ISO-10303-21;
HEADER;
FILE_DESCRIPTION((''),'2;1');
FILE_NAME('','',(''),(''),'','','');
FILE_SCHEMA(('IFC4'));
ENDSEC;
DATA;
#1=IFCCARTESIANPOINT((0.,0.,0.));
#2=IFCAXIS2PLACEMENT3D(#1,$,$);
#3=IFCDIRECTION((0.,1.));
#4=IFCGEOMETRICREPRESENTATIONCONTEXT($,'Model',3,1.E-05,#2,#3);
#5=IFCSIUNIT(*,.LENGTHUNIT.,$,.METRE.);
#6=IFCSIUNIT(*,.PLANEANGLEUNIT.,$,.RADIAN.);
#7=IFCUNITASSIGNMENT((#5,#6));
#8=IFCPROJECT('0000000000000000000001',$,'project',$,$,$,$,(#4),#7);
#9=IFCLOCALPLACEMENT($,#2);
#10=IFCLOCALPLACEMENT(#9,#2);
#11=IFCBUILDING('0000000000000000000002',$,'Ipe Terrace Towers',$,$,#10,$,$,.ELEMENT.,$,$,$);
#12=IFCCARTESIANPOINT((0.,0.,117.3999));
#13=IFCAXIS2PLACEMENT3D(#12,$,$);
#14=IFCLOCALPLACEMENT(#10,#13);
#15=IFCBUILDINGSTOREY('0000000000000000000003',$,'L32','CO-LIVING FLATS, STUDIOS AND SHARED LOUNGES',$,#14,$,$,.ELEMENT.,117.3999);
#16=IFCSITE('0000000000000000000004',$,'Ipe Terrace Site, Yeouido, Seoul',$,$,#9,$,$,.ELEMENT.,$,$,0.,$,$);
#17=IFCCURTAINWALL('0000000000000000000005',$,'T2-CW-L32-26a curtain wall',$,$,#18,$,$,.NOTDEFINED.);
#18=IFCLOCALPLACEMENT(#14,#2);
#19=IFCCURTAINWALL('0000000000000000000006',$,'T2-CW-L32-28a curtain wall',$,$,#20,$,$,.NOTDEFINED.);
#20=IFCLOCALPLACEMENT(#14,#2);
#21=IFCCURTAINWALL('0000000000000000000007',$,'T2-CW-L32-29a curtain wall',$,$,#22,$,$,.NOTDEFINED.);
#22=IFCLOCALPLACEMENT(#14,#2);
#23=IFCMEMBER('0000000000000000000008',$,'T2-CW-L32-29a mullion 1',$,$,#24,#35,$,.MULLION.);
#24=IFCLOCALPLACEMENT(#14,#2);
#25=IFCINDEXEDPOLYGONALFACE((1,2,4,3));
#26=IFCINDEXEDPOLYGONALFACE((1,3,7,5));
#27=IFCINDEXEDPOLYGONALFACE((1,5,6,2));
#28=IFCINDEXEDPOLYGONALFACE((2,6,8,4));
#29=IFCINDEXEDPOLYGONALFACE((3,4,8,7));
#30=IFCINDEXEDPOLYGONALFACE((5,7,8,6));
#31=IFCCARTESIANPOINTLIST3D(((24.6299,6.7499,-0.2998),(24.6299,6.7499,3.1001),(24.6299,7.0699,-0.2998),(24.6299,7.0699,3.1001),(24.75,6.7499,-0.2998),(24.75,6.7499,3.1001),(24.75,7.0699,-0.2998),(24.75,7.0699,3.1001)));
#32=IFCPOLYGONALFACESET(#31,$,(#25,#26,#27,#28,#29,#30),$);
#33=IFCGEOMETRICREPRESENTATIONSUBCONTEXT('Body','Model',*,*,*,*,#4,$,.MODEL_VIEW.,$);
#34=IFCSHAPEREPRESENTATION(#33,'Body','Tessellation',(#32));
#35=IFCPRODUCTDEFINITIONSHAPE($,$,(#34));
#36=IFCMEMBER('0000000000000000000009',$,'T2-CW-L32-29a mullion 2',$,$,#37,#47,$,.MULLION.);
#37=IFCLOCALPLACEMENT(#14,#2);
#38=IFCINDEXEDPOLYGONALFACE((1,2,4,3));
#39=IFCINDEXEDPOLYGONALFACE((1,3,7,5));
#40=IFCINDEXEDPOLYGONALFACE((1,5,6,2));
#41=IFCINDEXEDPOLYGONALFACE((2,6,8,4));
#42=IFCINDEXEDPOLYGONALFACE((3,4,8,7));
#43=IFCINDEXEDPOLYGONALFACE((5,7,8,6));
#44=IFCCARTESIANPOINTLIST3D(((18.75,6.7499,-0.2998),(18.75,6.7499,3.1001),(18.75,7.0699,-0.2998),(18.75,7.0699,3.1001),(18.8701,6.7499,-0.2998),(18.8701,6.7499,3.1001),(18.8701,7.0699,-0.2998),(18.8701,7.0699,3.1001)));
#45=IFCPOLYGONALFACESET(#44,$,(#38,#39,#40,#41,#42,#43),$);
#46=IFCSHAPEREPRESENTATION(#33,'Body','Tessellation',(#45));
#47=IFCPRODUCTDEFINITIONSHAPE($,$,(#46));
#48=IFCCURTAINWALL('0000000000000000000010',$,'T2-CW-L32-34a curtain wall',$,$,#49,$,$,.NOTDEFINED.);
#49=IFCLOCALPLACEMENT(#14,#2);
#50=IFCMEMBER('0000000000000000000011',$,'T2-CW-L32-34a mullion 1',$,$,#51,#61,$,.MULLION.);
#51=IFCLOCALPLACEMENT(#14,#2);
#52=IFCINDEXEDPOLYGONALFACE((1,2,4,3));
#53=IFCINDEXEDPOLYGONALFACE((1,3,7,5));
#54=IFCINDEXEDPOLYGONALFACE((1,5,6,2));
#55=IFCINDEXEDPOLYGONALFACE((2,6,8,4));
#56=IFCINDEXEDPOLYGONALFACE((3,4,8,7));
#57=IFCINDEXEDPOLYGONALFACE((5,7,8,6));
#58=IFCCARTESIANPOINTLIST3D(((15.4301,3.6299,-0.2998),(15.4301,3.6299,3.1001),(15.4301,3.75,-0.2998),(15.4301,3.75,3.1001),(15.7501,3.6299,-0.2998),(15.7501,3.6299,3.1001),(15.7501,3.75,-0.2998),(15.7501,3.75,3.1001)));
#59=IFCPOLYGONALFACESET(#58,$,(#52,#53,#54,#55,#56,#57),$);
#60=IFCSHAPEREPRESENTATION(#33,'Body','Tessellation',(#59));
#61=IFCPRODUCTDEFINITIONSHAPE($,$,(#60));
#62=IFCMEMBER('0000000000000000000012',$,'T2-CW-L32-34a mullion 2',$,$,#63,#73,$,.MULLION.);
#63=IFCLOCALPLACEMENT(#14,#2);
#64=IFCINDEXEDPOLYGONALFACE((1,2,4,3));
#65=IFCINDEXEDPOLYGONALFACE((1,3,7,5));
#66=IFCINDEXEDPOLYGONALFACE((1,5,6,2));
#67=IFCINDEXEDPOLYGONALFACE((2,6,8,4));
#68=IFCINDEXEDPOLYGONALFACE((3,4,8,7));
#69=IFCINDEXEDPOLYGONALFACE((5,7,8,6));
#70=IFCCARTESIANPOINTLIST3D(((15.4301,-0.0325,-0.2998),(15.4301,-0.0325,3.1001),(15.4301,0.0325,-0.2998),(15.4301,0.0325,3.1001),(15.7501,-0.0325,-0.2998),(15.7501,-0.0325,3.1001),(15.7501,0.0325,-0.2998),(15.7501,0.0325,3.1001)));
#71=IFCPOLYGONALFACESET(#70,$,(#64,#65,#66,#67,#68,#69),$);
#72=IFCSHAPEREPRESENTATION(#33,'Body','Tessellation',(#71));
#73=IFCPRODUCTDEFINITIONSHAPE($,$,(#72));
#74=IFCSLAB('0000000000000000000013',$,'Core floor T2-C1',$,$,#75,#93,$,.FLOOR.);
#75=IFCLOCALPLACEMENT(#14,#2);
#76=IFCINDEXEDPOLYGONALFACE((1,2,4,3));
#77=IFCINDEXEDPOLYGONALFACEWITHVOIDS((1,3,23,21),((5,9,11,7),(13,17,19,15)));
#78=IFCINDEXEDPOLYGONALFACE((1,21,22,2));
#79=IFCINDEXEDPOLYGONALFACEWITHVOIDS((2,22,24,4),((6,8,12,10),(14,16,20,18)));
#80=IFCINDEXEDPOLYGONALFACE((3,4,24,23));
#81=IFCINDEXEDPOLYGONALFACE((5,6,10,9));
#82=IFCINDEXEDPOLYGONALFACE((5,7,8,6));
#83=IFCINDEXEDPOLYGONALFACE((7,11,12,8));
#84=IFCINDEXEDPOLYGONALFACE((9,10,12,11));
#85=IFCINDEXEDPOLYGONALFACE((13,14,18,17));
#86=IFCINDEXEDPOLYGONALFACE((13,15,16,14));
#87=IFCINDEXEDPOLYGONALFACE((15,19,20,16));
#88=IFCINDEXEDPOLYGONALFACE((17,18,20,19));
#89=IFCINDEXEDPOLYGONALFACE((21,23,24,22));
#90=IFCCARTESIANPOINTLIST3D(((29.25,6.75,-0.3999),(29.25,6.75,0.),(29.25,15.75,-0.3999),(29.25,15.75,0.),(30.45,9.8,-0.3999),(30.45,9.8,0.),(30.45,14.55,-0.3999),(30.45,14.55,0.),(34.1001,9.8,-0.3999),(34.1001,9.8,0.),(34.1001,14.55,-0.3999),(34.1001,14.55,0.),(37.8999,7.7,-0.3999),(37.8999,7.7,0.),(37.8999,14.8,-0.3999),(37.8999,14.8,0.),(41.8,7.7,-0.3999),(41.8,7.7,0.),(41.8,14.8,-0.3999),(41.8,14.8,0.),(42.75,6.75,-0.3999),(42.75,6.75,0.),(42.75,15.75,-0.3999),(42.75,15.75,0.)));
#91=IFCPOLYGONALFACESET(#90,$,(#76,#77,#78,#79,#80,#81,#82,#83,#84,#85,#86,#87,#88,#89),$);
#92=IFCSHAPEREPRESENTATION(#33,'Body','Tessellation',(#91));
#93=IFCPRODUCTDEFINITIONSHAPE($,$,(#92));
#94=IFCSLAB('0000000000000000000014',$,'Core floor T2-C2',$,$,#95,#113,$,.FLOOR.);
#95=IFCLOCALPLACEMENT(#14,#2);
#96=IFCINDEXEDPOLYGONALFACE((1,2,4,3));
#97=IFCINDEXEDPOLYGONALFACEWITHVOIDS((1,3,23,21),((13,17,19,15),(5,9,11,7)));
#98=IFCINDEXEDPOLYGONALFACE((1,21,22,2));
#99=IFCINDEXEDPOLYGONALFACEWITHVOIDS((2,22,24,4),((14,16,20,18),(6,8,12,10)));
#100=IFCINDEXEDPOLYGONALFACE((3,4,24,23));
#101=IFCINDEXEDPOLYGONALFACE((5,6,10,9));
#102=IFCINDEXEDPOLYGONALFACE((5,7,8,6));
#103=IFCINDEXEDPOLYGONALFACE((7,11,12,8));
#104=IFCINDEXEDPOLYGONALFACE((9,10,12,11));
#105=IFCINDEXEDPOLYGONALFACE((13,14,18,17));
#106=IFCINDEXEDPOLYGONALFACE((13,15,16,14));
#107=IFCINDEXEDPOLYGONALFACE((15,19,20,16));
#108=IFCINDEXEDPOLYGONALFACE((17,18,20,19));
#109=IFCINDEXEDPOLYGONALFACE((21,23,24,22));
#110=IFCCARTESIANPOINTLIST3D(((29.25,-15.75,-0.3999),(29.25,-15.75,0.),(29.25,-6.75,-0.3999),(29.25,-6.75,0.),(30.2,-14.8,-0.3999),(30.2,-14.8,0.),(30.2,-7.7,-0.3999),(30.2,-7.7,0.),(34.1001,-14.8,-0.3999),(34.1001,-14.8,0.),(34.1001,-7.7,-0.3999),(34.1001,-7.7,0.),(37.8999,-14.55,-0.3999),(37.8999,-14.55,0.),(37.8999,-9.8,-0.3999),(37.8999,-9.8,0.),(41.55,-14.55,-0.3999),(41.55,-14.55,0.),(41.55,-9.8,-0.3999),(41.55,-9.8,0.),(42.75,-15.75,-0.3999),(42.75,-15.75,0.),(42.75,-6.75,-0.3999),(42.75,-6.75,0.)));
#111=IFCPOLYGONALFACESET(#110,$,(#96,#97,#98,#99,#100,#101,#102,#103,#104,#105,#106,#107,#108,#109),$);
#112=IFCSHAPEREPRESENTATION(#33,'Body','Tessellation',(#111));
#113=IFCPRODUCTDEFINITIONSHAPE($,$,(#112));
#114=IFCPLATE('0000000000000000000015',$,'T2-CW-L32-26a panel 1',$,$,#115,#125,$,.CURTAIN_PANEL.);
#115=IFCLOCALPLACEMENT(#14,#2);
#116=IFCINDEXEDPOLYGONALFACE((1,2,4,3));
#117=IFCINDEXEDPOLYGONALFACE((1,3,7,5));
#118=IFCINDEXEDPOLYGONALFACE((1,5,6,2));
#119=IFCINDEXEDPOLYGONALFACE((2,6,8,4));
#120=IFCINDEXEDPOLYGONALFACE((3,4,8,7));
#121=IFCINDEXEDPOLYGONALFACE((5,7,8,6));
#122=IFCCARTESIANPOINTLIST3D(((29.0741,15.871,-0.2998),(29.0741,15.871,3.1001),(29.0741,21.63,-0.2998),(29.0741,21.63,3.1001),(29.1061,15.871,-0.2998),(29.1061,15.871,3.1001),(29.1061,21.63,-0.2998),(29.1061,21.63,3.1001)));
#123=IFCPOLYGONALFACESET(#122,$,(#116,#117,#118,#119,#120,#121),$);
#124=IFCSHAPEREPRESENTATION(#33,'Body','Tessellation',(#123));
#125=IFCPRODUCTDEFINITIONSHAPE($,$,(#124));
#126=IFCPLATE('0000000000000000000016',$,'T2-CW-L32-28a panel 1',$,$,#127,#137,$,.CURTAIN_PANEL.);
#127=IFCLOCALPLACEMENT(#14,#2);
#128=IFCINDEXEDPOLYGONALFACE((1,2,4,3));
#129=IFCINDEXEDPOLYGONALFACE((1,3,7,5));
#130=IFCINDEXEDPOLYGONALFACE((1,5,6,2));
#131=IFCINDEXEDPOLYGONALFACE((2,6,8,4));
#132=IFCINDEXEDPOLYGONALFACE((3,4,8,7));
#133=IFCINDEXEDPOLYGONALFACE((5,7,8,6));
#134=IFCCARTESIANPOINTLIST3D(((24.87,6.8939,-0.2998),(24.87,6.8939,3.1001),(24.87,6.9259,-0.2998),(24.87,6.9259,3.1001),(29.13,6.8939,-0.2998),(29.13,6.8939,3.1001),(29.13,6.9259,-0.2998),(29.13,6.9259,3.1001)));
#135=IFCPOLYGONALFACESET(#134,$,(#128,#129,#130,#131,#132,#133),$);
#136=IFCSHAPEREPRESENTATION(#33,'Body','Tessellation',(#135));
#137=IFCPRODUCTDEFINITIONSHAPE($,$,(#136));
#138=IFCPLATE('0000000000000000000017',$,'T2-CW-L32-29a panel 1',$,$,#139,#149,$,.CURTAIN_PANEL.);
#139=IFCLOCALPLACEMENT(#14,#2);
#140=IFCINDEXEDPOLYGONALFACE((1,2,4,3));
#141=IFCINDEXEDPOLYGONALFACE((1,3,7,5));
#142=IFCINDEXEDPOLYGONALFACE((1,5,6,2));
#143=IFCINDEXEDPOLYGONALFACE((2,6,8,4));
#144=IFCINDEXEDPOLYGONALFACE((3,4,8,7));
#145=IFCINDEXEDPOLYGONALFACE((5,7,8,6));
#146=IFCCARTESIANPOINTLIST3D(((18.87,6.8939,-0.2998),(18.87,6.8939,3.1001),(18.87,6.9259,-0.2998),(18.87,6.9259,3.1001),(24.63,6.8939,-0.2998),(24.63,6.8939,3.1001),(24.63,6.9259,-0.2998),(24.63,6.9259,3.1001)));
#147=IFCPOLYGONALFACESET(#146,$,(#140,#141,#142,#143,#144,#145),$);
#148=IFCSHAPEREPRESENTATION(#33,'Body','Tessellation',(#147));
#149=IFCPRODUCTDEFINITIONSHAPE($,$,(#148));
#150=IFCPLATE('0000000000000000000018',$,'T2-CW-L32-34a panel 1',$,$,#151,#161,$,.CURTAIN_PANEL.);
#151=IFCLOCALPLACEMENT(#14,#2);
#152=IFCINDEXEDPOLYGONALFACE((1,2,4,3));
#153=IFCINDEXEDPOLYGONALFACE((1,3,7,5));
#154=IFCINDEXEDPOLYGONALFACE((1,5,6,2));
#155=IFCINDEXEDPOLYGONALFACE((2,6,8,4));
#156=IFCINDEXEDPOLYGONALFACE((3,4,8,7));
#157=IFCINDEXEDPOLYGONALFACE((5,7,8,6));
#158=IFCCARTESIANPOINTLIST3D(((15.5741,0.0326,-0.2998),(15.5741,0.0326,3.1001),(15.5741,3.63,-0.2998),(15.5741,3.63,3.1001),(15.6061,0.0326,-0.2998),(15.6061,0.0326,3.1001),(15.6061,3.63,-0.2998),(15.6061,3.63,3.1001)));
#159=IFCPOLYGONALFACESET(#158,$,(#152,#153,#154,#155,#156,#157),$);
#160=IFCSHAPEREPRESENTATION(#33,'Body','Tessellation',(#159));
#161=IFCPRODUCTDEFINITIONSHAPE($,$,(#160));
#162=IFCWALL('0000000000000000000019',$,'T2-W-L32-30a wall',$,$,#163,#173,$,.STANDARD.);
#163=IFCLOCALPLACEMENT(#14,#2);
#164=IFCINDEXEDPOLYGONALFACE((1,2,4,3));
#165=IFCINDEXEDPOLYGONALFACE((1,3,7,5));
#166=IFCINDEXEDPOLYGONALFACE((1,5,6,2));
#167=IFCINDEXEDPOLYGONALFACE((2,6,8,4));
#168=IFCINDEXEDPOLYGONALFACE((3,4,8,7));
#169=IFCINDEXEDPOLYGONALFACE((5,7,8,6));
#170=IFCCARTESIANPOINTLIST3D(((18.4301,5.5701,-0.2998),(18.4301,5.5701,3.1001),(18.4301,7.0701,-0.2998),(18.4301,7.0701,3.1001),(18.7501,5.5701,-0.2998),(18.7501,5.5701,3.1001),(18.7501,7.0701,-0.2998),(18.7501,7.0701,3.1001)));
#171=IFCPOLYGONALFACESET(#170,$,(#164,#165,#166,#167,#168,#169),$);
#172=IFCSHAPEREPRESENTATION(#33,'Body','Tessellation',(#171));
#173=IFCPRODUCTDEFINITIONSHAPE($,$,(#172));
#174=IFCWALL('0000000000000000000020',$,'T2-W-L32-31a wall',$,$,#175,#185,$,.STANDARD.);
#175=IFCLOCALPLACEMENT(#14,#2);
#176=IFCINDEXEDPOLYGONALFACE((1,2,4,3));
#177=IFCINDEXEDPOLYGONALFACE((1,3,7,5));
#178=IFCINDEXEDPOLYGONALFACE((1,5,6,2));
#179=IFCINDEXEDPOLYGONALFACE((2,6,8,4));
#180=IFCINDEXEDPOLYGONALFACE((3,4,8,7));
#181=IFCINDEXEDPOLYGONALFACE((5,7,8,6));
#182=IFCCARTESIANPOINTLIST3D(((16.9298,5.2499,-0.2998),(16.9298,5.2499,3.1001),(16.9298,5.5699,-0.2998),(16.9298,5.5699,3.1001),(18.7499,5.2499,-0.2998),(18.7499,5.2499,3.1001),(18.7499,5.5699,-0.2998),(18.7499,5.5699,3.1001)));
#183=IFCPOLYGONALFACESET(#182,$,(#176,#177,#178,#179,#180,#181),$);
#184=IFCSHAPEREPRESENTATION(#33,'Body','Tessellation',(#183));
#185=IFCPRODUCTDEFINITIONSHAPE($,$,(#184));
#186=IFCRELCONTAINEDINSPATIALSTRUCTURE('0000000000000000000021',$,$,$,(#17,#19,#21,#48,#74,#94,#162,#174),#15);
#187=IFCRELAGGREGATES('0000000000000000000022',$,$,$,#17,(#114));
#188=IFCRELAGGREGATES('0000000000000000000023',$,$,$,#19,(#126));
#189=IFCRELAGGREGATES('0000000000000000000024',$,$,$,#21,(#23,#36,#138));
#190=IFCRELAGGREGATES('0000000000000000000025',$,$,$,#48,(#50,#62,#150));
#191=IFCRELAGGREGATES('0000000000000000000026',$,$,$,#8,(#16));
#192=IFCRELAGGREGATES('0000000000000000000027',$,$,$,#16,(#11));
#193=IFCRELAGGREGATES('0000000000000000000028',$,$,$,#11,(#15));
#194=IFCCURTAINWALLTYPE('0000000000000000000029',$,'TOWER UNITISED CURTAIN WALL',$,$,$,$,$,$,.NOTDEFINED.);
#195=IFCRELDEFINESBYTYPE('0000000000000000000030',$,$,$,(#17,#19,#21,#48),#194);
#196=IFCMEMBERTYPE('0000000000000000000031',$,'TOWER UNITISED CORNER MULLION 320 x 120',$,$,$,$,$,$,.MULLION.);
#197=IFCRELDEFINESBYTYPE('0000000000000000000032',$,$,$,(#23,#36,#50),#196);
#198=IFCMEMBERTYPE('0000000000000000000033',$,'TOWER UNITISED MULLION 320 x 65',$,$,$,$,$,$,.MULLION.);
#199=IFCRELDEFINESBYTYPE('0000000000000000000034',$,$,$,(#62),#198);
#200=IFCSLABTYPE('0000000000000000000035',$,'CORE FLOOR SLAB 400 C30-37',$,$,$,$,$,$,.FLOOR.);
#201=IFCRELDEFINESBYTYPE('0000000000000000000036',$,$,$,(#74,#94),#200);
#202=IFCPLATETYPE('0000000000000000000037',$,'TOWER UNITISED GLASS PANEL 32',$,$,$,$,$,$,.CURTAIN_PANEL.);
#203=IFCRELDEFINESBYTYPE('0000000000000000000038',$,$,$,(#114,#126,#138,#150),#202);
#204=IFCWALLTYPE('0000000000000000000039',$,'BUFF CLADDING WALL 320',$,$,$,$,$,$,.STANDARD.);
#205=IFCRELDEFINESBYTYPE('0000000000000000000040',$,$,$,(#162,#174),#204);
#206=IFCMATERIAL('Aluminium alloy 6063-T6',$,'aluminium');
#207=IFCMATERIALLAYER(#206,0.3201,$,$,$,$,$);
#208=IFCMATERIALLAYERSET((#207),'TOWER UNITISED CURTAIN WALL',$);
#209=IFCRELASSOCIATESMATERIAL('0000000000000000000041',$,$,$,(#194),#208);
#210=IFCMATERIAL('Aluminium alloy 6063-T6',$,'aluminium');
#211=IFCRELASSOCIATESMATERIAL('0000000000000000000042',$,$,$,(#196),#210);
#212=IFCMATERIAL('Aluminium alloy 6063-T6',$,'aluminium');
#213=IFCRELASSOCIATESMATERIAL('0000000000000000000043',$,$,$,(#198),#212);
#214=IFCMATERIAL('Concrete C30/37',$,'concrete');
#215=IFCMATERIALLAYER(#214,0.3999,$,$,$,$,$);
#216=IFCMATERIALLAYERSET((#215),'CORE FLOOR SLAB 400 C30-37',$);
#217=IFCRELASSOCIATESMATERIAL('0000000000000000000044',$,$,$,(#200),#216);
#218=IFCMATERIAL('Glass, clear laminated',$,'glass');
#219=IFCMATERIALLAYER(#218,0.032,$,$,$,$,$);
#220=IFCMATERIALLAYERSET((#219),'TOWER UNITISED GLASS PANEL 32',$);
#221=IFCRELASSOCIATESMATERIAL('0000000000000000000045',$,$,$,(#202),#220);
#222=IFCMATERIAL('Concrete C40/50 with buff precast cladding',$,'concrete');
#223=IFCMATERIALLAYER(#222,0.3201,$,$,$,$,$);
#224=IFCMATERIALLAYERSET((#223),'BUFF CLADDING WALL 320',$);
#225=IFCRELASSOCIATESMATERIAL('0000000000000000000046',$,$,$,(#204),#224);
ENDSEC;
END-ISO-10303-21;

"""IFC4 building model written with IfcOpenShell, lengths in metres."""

from ifc_helpers import new_model, si_unit, direction, frame, frame_2d, origin, origin_2d, place, context, subcontext, project, spatial, polyline, rectangle, outline, extrude, material, layer, layer_set, material_profile, profile_set, type_object, element, aggregate, save


model = new_model("IFC4")

# Units and contexts
model_context = context("Model", 3, precision=1e-05, world=origin(), true_north=direction((0.0, 1.0)))
body_context = subcontext(model_context, "Body", "Model", "MODEL_VIEW")
ifc_project = project(units=[si_unit("LENGTHUNIT", "METRE"), si_unit("PLANEANGLEUNIT", "RADIAN")], contexts=[model_context])

# Site, building, storey
site_placement = place(None, origin())
site = spatial("IfcSite", under=ifc_project, at=site_placement, Name="Ipe Terrace Site, Yeouido, Seoul", CompositionType="ELEMENT", RefElevation=0.0)
building_placement = place(site_placement, origin())
building = spatial("IfcBuilding", under=site, at=building_placement, Name="Ipe Terrace Towers", CompositionType="ELEMENT")
storey_placement = place(building_placement, frame((0.0, 0.0, 117.3999)))
storey = spatial("IfcBuildingStorey", under=building, at=storey_placement, Name="L32", Description="CO-LIVING FLATS, STUDIOS AND SHARED LOUNGES", CompositionType="ELEMENT", Elevation=117.3999)

# Curtain walls, members
ifc_material_1 = material(Name="Aluminium alloy 6063-T6", Category="aluminium")
ifc_layer_1 = layer(ifc_material_1, 0.3201)
ifc_layer_set_1 = layer_set([ifc_layer_1], Name="TOWER UNITISED CURTAIN WALL")
curtain_wall_type = type_object("IfcCurtainWallType", Name="TOWER UNITISED CURTAIN WALL", PredefinedType="NOTDEFINED", material=ifc_layer_set_1)
curtain_wall_1_placement = place(storey_placement, origin())
curtain_wall_1 = element("IfcCurtainWall", 1, at=curtain_wall_1_placement, inside=storey, type_object=curtain_wall_type, Name="T2-CW-L32-26a curtain wall", PredefinedType="NOTDEFINED")
ifc_material_2 = material(Name="Aluminium alloy 6063-T6", Category="aluminium")
ifc_material_profile_1 = material_profile(ifc_material_2, rectangle(XDim=0.3201, YDim=0.1201, at=origin_2d()), Name="TOWER UNITISED CORNER MULLION 320 x 120")
ifc_profile_set_1 = profile_set([ifc_material_profile_1], Name="Aluminium alloy 6063-T6")
member_type_1 = type_object("IfcMemberType", Name="TOWER UNITISED CORNER MULLION 320 x 120", PredefinedType="MULLION", material=ifc_profile_set_1)
curtain_wall_2_placement = place(storey_placement, origin())
curtain_wall_2 = element("IfcCurtainWall", 2, at=curtain_wall_2_placement, inside=storey, type_object=curtain_wall_type, Name="T2-CW-L32-28a curtain wall", PredefinedType="NOTDEFINED")
curtain_wall_3_placement = place(storey_placement, origin())
curtain_wall_3 = element("IfcCurtainWall", 3, at=curtain_wall_3_placement, inside=storey, type_object=curtain_wall_type, Name="T2-CW-L32-29a curtain wall", PredefinedType="NOTDEFINED")
member_1_placement = place(storey_placement, frame((24.6899, 6.9099, -0.2998), z_axis=(0.0, 0.0, 1.0), x_axis=(0.0, 1.0, 0.0)))
member_1 = element("IfcMember", 4, at=member_1_placement, type_object=member_type_1, Name="T2-CW-L32-29a mullion 1", PredefinedType="MULLION", context=body_context, shape_type="SweptSolid", body=[
    extrude(rectangle(XDim=0.3201, YDim=0.1201, at=origin_2d()), origin(), (0.0, 0.0, 1.0), 3.3999),
])
member_2_placement = place(storey_placement, frame((18.8101, 6.9099, -0.2998), z_axis=(0.0, 0.0, 1.0), x_axis=(0.0, 1.0, 0.0)))
member_2 = element("IfcMember", 5, at=member_2_placement, type_object=member_type_1, Name="T2-CW-L32-29a mullion 2", PredefinedType="MULLION", context=body_context, shape_type="SweptSolid", body=[
    extrude(rectangle(XDim=0.3201, YDim=0.1201, at=origin_2d()), origin(), (0.0, 0.0, 1.0), 3.3999),
])
curtain_wall_4_placement = place(storey_placement, origin())
curtain_wall_4 = element("IfcCurtainWall", 6, at=curtain_wall_4_placement, inside=storey, type_object=curtain_wall_type, Name="T2-CW-L32-34a curtain wall", PredefinedType="NOTDEFINED")
member_3_placement = place(storey_placement, frame((15.5901, 3.6899, -0.2998), z_axis=(0.0, 0.0, 1.0), x_axis=(-1.0, 0.0, 0.0)))
member_3 = element("IfcMember", 7, at=member_3_placement, type_object=member_type_1, Name="T2-CW-L32-34a mullion 1", PredefinedType="MULLION", context=body_context, shape_type="SweptSolid", body=[
    extrude(rectangle(XDim=0.3201, YDim=0.1201, at=origin_2d()), origin(), (0.0, 0.0, 1.0), 3.3999),
])
ifc_material_3 = material(Name="Aluminium alloy 6063-T6", Category="aluminium")
ifc_material_profile_2 = material_profile(ifc_material_3, rectangle(XDim=0.3201, YDim=0.0649, at=origin_2d()), Name="TOWER UNITISED MULLION 320 x 65")
ifc_profile_set_2 = profile_set([ifc_material_profile_2], Name="Aluminium alloy 6063-T6")
member_type_2 = type_object("IfcMemberType", Name="TOWER UNITISED MULLION 320 x 65", PredefinedType="MULLION", material=ifc_profile_set_2)
member_4_placement = place(storey_placement, frame((15.5901, 0.0, -0.2998), z_axis=(0.0, 0.0, 1.0), x_axis=(-1.0, 0.0, 0.0)))
member_4 = element("IfcMember", 8, at=member_4_placement, type_object=member_type_2, Name="T2-CW-L32-34a mullion 2", PredefinedType="MULLION", context=body_context, shape_type="SweptSolid", body=[
    extrude(rectangle(XDim=0.3201, YDim=0.0649, at=origin_2d()), origin(), (0.0, 0.0, 1.0), 3.3999),
])

# Slabs
ifc_material_4 = material(Name="Concrete C30/37", Category="concrete")
ifc_layer_2 = layer(ifc_material_4, 0.3999)
ifc_layer_set_2 = layer_set([ifc_layer_2], Name="CORE FLOOR SLAB 400 C30-37")
slab_type = type_object("IfcSlabType", Name="CORE FLOOR SLAB 400 C30-37", PredefinedType="FLOOR", material=ifc_layer_set_2)
slab_1_placement = place(storey_placement, frame((0.0, 0.0, -0.3999)))
element("IfcSlab", 9, at=slab_1_placement, inside=storey, type_object=slab_type, Name="Core floor T2-C1", PredefinedType="FLOOR", context=body_context, shape_type="SweptSolid", body=[
    extrude(outline(polyline([(29.25, 6.75), (29.25, 15.75), (42.75, 15.75), (42.75, 6.75), (29.25, 6.75)]), holes=[polyline([(41.8, 7.7), (41.8, 14.8), (37.8999, 14.8), (37.8999, 7.7), (41.8, 7.7)]), polyline([(30.45, 9.8), (34.1001, 9.8), (34.1001, 14.55), (30.45, 14.55), (30.45, 9.8)])]), origin(), (0.0, 0.0, 1.0), 0.3999),
])
slab_2_placement = place(storey_placement, frame((0.0, 0.0, -0.3999)))
element("IfcSlab", 10, at=slab_2_placement, inside=storey, type_object=slab_type, Name="Core floor T2-C2", PredefinedType="FLOOR", context=body_context, shape_type="SweptSolid", body=[
    extrude(outline(polyline([(29.25, -15.75), (29.25, -6.75), (42.75, -6.75), (42.75, -15.75), (29.25, -15.75)]), holes=[polyline([(34.1001, -14.8), (34.1001, -7.7), (30.2, -7.7), (30.2, -14.8), (34.1001, -14.8)]), polyline([(41.55, -9.8), (37.8999, -9.8), (37.8999, -14.55), (41.55, -14.55), (41.55, -9.8)])]), origin(), (0.0, 0.0, 1.0), 0.3999),
])

# Plates
ifc_material_5 = material(Name="Glass, clear laminated", Category="glass")
ifc_layer_3 = layer(ifc_material_5, 0.032)
ifc_layer_set_3 = layer_set([ifc_layer_3], Name="TOWER UNITISED GLASS PANEL 32")
plate_type = type_object("IfcPlateType", Name="TOWER UNITISED GLASS PANEL 32", PredefinedType="CURTAIN_PANEL", material=ifc_layer_set_3)
plate_1_placement = place(storey_placement, frame((29.0901, 18.7505, -0.2998), z_axis=(0.0, 0.0, 1.0), x_axis=(0.0, -1.0, 0.0)))
plate_1 = element("IfcPlate", 11, at=plate_1_placement, type_object=plate_type, Name="T2-CW-L32-26a panel 1", PredefinedType="CURTAIN_PANEL", context=body_context, shape_type="SweptSolid", body=[
    extrude(rectangle(XDim=5.759, YDim=0.032, at=origin_2d()), origin(), (0.0, 0.0, 1.0), 3.3999),
])
aggregate(curtain_wall_1, [plate_1])
plate_2_placement = place(storey_placement, frame((27.0, 6.9099, -0.2998), z_axis=(0.0, 0.0, 1.0), x_axis=(-1.0, 0.0, 0.0)))
plate_2 = element("IfcPlate", 12, at=plate_2_placement, type_object=plate_type, Name="T2-CW-L32-28a panel 1", PredefinedType="CURTAIN_PANEL", context=body_context, shape_type="SweptSolid", body=[
    extrude(rectangle(XDim=4.26, YDim=0.032, at=origin_2d()), origin(), (0.0, 0.0, 1.0), 3.3999),
])
aggregate(curtain_wall_2, [plate_2])
plate_3_placement = place(storey_placement, frame((21.75, 6.9099, -0.2998), z_axis=(0.0, 0.0, 1.0), x_axis=(-1.0, 0.0, 0.0)))
plate_3 = element("IfcPlate", 13, at=plate_3_placement, type_object=plate_type, Name="T2-CW-L32-29a panel 1", PredefinedType="CURTAIN_PANEL", context=body_context, shape_type="SweptSolid", body=[
    extrude(rectangle(XDim=5.76, YDim=0.032, at=origin_2d()), origin(), (0.0, 0.0, 1.0), 3.3999),
])
aggregate(curtain_wall_3, [member_1, member_2, plate_3])
plate_4_placement = place(storey_placement, frame((15.5901, 1.8313, -0.2998), z_axis=(0.0, 0.0, 1.0), x_axis=(0.0, -1.0, 0.0)))
plate_4 = element("IfcPlate", 14, at=plate_4_placement, type_object=plate_type, Name="T2-CW-L32-34a panel 1", PredefinedType="CURTAIN_PANEL", context=body_context, shape_type="SweptSolid", body=[
    extrude(rectangle(XDim=3.5974, YDim=0.032, at=origin_2d()), origin(), (0.0, 0.0, 1.0), 3.3999),
])
aggregate(curtain_wall_4, [member_3, member_4, plate_4])

# Walls
ifc_material_6 = material(Name="Concrete C40/50 with buff precast cladding", Category="concrete")
ifc_layer_4 = layer(ifc_material_6, 0.3201)
ifc_layer_set_4 = layer_set([ifc_layer_4], Name="BUFF CLADDING WALL 320")
wall_type_1 = type_object("IfcWallType", Name="BUFF CLADDING WALL 320", PredefinedType="STANDARD", material=ifc_layer_set_4)
wall_1_placement = place(storey_placement, frame((18.5901, 7.0701, -0.2998), z_axis=(0.0, 0.0, 1.0), x_axis=(0.0, -1.0, 0.0)))
element("IfcWall", 15, at=wall_1_placement, inside=storey, type_object=wall_type_1, Name="T2-W-L32-30a wall", PredefinedType="STANDARD", context=body_context, shape_type="SweptSolid", body=[
    extrude(rectangle(XDim=1.5, YDim=0.3201, at=frame_2d((0.75, 0.0))), origin(), (0.0, 0.0, 1.0), 3.3999),
])
wall_2_placement = place(storey_placement, frame((18.75, 5.4099, -0.2998), z_axis=(0.0, 0.0, 1.0), x_axis=(-1.0, 0.0, 0.0)))
element("IfcWall", 16, at=wall_2_placement, inside=storey, type_object=wall_type_1, Name="T2-W-L32-31a wall", PredefinedType="STANDARD", context=body_context, shape_type="SweptSolid", body=[
    extrude(rectangle(XDim=1.8201, YDim=0.3201, at=frame_2d((0.9102, 0.0))), origin(), (0.0, 0.0, 1.0), 3.3999),
])

save(model, "model.ifc")
